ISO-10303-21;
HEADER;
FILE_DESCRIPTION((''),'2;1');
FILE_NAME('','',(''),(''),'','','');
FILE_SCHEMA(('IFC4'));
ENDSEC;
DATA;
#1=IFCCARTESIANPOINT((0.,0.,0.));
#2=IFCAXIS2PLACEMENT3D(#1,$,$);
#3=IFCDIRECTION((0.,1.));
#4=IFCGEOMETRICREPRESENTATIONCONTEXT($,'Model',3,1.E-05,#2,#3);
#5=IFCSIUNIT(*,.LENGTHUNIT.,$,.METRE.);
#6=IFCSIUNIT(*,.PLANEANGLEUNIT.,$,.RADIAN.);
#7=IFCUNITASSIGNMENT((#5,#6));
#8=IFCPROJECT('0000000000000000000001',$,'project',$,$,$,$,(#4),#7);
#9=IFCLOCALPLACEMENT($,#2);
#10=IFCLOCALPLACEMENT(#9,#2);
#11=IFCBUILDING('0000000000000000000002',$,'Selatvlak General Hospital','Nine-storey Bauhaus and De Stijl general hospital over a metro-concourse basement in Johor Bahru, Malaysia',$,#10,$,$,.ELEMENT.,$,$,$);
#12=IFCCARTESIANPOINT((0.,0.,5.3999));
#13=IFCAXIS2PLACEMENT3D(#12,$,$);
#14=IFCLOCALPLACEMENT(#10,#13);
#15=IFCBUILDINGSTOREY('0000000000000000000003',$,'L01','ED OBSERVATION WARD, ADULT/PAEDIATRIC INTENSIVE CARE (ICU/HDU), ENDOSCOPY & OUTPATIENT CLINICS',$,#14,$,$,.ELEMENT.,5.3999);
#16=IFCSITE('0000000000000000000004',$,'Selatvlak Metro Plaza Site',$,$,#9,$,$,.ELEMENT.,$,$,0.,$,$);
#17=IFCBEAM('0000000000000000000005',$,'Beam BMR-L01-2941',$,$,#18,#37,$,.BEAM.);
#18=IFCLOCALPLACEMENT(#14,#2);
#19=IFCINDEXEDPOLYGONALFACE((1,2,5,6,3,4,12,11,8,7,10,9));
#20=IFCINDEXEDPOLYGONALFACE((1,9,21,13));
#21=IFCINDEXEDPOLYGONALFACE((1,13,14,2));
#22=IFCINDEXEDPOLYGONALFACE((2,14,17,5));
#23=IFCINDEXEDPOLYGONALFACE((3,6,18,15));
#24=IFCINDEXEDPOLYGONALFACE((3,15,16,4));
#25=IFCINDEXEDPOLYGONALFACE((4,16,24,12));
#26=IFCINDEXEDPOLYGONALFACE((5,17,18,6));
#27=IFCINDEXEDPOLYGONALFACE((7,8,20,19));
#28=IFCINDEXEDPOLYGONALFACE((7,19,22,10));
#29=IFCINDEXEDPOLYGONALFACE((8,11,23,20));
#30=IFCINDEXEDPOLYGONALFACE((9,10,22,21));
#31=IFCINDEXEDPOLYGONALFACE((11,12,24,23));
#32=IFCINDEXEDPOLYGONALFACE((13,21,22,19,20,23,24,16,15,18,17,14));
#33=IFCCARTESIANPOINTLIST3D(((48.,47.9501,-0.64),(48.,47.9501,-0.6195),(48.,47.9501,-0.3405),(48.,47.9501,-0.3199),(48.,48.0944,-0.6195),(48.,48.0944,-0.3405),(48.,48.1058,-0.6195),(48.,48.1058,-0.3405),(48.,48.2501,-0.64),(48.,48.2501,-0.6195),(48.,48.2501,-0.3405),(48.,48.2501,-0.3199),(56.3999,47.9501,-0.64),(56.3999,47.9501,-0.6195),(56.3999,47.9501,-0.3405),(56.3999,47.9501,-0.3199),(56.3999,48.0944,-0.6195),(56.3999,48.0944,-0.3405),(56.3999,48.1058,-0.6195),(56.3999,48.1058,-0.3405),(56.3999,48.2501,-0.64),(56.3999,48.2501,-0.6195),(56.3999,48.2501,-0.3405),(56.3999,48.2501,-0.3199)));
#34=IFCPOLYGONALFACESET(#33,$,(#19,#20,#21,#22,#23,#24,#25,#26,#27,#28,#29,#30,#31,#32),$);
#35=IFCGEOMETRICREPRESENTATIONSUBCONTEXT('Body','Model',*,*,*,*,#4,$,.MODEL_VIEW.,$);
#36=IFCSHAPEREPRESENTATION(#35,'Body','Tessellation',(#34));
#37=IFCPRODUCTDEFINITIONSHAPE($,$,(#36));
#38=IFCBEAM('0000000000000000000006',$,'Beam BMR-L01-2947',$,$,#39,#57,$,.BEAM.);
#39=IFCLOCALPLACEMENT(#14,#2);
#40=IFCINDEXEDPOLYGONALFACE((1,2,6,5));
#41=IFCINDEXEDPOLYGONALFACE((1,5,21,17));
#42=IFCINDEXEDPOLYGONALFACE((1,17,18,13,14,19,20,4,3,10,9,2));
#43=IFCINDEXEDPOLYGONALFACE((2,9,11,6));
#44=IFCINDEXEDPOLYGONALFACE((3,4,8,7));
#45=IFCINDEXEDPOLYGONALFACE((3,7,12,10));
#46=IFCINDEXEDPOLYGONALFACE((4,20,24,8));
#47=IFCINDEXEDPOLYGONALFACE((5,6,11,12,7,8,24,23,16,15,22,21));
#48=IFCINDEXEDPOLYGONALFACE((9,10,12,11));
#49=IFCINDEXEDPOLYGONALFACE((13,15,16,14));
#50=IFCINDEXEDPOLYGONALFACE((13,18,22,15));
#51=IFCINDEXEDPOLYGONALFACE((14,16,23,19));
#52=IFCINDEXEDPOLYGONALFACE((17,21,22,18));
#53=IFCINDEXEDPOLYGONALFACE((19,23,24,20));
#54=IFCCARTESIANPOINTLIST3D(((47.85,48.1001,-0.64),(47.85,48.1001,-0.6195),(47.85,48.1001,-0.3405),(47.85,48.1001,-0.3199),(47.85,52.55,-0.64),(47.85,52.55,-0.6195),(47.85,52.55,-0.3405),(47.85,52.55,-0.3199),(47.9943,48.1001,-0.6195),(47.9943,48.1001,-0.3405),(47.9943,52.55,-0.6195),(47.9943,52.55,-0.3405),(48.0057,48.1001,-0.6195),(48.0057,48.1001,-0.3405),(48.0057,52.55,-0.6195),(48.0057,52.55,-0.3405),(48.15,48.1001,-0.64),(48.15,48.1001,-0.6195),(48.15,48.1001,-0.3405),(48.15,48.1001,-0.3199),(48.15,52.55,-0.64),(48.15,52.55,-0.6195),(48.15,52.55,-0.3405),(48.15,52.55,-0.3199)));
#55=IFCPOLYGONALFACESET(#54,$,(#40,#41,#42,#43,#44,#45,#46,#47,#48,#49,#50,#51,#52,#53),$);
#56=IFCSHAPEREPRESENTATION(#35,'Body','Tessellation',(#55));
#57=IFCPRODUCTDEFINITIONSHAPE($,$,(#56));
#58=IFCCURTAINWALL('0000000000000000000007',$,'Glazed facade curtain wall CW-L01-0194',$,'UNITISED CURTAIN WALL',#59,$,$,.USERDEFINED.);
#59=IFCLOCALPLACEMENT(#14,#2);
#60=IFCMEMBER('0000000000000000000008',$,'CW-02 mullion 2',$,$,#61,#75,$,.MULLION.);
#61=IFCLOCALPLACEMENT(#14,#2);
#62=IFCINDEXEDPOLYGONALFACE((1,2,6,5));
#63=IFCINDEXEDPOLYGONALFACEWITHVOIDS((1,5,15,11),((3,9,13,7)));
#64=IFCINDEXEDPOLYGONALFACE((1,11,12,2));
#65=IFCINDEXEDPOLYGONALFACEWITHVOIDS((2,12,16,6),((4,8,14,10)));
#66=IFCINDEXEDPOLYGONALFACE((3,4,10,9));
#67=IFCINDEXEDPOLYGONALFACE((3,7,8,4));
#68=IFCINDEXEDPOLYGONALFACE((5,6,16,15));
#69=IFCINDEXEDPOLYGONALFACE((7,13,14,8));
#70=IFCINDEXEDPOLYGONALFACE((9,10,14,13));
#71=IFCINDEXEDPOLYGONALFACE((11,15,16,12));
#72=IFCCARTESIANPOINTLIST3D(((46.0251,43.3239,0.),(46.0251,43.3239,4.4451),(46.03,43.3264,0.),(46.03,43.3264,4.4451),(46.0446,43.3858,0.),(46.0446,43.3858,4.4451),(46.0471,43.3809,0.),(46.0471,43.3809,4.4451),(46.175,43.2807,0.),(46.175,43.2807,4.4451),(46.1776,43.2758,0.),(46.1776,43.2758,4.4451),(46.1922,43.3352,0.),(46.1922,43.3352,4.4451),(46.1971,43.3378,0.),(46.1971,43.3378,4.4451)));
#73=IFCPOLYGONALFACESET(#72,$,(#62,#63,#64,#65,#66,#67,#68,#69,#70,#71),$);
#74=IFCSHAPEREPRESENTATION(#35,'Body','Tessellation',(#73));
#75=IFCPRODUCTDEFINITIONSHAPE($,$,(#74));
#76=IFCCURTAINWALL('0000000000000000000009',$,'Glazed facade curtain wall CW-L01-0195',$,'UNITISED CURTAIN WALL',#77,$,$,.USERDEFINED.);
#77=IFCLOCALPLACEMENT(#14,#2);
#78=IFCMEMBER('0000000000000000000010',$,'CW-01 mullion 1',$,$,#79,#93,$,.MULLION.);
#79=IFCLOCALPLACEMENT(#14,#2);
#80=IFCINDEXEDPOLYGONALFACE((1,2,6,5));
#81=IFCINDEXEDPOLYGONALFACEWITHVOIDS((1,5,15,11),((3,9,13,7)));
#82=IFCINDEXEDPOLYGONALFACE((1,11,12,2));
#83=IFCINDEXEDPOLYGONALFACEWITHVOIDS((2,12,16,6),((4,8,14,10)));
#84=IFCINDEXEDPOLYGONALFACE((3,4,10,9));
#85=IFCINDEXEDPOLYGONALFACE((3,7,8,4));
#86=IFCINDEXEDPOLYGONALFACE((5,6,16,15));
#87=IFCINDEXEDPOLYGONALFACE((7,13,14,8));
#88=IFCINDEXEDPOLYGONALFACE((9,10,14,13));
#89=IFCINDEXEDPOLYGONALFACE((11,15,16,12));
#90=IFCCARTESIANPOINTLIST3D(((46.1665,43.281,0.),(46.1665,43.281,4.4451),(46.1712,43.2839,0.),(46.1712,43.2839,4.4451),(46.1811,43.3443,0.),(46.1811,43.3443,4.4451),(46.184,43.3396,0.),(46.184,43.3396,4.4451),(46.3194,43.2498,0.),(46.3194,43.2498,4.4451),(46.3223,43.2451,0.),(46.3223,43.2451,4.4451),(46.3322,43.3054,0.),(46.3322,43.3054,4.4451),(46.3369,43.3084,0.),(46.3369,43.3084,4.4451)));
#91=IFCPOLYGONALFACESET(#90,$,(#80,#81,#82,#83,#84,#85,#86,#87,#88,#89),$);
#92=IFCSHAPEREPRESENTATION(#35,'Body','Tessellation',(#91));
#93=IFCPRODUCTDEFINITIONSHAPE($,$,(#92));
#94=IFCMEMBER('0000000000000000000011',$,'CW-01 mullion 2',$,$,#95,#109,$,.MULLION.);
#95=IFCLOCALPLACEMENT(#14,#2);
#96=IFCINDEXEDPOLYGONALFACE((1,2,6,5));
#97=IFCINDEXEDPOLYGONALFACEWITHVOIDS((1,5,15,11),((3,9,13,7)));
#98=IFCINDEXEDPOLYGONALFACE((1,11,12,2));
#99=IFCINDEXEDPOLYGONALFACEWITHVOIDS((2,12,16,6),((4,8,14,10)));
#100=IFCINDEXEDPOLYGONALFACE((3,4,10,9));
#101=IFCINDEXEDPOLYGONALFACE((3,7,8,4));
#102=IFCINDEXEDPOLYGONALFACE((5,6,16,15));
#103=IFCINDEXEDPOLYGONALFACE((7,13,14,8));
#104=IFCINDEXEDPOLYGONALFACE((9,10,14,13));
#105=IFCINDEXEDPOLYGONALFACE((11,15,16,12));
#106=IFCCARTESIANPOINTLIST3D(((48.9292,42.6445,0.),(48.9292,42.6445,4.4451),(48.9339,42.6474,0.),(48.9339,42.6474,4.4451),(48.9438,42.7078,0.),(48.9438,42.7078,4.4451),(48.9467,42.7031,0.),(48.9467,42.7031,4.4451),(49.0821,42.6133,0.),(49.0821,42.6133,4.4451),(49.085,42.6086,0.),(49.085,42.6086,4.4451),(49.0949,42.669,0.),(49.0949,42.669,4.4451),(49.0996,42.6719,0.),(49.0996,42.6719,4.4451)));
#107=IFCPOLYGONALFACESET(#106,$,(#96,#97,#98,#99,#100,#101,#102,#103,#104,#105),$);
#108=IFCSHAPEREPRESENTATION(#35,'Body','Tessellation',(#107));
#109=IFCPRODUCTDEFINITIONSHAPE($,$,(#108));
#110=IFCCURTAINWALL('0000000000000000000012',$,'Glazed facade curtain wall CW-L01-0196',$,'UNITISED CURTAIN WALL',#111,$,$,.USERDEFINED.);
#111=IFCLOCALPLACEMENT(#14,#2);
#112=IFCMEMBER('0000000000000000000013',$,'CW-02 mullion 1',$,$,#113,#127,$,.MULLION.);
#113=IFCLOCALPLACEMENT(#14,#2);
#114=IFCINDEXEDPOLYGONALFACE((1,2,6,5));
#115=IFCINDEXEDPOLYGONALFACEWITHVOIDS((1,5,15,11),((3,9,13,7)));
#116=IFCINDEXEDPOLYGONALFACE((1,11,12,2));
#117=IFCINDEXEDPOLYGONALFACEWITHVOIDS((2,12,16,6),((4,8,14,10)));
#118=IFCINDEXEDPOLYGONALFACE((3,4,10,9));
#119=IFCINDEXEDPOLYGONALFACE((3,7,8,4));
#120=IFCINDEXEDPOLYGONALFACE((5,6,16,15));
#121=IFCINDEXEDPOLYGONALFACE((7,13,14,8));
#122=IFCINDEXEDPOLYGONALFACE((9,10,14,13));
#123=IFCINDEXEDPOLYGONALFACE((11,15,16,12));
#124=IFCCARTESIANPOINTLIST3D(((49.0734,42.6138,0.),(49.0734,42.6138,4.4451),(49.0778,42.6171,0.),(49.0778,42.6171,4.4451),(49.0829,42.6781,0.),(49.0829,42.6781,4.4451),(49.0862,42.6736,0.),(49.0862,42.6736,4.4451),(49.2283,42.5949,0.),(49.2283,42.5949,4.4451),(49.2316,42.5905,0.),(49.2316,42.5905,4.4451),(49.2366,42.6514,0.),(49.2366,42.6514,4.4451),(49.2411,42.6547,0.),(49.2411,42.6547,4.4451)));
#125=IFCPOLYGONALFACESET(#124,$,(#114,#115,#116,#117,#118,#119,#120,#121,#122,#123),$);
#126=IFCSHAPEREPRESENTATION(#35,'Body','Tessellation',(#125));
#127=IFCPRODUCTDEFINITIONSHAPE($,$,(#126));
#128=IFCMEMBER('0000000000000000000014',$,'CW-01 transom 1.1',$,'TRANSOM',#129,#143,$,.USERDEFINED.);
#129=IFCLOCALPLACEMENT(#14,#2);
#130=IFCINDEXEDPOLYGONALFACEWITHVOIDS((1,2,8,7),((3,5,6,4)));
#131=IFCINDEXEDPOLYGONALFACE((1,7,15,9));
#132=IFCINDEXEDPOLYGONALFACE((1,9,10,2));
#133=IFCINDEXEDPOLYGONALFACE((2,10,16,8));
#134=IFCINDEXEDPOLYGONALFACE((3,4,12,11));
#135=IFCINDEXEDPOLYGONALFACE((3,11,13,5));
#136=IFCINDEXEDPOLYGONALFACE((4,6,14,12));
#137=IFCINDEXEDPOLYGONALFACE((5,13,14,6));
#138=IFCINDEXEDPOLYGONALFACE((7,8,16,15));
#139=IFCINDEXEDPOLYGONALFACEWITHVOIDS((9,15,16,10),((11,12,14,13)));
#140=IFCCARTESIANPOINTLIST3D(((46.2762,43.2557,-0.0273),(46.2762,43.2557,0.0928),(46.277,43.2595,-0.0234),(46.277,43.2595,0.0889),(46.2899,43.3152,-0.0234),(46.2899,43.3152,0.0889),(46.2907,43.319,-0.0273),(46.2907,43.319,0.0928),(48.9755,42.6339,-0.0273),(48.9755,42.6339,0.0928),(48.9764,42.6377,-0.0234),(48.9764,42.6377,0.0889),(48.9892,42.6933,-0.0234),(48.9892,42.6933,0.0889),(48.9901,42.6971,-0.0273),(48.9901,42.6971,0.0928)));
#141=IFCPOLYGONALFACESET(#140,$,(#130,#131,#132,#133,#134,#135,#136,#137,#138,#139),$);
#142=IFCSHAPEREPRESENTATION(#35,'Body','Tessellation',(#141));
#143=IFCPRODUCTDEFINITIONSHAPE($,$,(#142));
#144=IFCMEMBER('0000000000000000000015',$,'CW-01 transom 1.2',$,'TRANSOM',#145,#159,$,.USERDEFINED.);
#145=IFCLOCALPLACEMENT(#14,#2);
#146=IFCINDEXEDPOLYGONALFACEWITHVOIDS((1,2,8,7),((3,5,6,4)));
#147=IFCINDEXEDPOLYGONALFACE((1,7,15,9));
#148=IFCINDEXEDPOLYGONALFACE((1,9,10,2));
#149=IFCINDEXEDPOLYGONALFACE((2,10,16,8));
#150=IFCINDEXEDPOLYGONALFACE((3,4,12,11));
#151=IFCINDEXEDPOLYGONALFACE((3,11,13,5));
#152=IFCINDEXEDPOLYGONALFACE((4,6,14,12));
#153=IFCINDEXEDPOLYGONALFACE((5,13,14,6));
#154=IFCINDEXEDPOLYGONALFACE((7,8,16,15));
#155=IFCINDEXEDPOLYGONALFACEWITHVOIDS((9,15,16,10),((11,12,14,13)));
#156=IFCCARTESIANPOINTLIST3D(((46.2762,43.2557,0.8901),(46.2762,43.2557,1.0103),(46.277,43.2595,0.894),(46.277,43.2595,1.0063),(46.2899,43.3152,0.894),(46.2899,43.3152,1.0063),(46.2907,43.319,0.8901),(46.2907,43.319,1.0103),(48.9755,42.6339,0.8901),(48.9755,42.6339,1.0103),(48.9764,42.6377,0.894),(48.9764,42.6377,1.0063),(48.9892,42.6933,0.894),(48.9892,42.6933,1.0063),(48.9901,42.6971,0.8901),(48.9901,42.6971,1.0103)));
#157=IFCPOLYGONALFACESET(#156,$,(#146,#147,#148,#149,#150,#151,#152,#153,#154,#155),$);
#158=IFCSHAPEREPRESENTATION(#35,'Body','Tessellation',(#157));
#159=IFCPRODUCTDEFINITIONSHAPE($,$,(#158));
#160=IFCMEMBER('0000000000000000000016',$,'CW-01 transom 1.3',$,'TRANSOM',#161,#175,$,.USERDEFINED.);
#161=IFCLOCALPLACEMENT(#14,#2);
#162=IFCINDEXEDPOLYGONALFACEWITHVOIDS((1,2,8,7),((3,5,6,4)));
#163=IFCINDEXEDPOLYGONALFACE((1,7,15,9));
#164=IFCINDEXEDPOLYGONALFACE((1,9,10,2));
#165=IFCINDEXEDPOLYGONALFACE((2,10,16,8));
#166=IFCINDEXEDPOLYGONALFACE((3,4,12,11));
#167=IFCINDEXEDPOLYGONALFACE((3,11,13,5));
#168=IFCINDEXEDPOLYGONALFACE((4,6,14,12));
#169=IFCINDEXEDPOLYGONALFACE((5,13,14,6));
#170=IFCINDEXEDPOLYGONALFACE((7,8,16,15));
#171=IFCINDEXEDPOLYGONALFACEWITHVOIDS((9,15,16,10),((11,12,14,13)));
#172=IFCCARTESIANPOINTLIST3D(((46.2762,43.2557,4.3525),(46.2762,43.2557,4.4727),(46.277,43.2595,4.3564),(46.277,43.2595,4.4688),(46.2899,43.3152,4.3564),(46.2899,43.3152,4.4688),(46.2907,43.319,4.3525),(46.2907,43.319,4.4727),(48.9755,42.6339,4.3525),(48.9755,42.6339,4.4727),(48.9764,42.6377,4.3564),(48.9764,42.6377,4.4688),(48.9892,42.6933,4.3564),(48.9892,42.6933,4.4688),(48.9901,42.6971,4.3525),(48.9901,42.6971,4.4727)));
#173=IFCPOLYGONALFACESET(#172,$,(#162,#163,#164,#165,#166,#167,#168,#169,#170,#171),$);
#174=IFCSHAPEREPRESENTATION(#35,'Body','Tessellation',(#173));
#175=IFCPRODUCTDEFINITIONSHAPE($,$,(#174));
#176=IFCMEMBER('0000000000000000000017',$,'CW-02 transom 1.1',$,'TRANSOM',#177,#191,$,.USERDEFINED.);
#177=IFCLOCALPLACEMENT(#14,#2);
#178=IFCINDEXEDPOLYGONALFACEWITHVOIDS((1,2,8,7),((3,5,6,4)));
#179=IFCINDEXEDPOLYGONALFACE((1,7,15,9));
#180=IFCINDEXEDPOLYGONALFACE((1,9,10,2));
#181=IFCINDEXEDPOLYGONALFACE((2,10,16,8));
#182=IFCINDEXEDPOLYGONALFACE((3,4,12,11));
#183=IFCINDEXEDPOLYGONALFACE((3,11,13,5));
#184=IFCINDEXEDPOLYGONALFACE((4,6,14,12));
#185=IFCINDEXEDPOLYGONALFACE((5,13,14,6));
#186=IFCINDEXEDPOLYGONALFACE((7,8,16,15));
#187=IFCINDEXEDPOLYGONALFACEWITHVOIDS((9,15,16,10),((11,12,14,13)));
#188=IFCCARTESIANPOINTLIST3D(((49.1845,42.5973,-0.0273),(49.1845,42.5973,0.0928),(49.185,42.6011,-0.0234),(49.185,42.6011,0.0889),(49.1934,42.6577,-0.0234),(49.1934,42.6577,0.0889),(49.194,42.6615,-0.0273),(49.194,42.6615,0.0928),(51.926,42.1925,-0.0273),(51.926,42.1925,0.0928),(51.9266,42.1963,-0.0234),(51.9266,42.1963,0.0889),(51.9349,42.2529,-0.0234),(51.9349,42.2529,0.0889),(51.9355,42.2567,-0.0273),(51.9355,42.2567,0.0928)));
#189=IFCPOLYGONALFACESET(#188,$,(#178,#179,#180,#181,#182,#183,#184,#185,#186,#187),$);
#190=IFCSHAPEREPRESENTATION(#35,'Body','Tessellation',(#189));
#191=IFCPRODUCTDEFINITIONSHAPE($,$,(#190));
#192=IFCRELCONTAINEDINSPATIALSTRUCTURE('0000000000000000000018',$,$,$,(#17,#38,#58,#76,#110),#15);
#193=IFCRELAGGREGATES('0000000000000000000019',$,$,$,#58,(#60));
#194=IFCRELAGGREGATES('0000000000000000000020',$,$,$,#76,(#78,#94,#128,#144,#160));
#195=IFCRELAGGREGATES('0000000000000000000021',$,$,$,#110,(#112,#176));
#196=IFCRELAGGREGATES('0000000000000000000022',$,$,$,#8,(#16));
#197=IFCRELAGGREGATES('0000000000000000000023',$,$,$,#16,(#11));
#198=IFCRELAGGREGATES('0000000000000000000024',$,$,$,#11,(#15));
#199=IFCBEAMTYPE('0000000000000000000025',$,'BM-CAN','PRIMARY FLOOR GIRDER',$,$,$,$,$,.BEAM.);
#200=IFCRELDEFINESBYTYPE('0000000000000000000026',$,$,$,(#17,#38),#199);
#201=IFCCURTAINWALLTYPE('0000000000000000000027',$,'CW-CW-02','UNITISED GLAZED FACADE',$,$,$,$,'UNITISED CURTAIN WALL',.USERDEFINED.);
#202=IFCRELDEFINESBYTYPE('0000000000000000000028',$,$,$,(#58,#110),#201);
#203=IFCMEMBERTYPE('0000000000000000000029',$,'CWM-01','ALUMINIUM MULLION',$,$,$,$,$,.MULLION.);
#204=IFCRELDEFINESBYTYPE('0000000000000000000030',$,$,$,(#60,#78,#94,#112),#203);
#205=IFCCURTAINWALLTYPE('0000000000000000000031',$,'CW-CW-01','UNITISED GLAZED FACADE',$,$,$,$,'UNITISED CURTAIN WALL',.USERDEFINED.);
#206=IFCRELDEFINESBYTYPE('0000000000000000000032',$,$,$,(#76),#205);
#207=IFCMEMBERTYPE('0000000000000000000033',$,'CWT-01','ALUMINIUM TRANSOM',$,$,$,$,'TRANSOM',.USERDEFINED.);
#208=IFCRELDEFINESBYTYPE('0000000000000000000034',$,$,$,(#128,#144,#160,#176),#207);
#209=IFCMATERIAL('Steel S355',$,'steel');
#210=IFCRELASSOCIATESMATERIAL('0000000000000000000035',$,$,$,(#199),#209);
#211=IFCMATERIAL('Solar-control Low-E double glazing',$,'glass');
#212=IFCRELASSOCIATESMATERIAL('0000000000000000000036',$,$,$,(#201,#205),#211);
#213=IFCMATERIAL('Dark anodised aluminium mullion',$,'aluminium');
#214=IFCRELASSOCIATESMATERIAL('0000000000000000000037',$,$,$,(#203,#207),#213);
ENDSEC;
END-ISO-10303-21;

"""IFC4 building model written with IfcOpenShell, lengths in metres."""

from ifc_helpers import new_model, si_unit, direction, frame, origin, origin_2d, place, context, subcontext, project, spatial, hollow_rectangle, i_section, extrude, material, material_profile, profile_set, type_object, element, aggregate, save


model = new_model("IFC4")

# Units and contexts
model_context = context("Model", 3, precision=1e-05, world=origin(), true_north=direction((0.0, 1.0)))
body_context = subcontext(model_context, "Body", "Model", "MODEL_VIEW")
ifc_project = project(units=[si_unit("LENGTHUNIT", "METRE"), si_unit("PLANEANGLEUNIT", "RADIAN")], contexts=[model_context])

# Site, building, storey
site_placement = place(None, origin())
site = spatial("IfcSite", under=ifc_project, at=site_placement, Name="Selatvlak Metro Plaza Site", CompositionType="ELEMENT", RefElevation=0.0)
building_placement = place(site_placement, origin())
building = spatial("IfcBuilding", under=site, at=building_placement, Name="Selatvlak General Hospital", Description="Nine-storey Bauhaus and De Stijl general hospital over a metro-concourse basement in Johor Bahru, Malaysia", CompositionType="ELEMENT")
storey_placement = place(building_placement, frame((0.0, 0.0, 5.3999)))
storey = spatial("IfcBuildingStorey", under=building, at=storey_placement, Name="L01", Description="ED OBSERVATION WARD, ADULT/PAEDIATRIC INTENSIVE CARE (ICU/HDU), ENDOSCOPY & OUTPATIENT CLINICS", CompositionType="ELEMENT", Elevation=5.3999)

# Beams
ifc_material_1 = material(Name="Steel S355", Category="steel")
ifc_material_profile_1 = material_profile(ifc_material_1, i_section(OverallWidth=0.3, OverallDepth=0.3201, WebThickness=0.0115, FlangeThickness=0.0205, at=origin_2d()), Name="HEB 320")
ifc_profile_set_1 = profile_set([ifc_material_profile_1], Name="Steel S355")
beam_type = type_object("IfcBeamType", Name="BM-CAN", Description="PRIMARY FLOOR GIRDER", PredefinedType="BEAM", material=ifc_profile_set_1)
beam_1_placement = place(storey_placement, frame((48.0, 48.1001, -0.48), z_axis=(1.0, 0.0, 0.0), x_axis=(0.0, 1.0, 0.0)))
element("IfcBeam", 1, at=beam_1_placement, inside=storey, type_object=beam_type, Name="Beam BMR-L01-2941", PredefinedType="BEAM", context=body_context, shape_type="SweptSolid", body=[
    extrude(i_section(OverallWidth=0.3, OverallDepth=0.3201, WebThickness=0.0115, FlangeThickness=0.0205, at=origin_2d()), origin(), (0.0, 0.0, 1.0), 8.3999),
])
beam_2_placement = place(storey_placement, frame((48.0, 48.1001, -0.48), z_axis=(0.0, 1.0, 0.0), x_axis=(-1.0, 0.0, 0.0)))
element("IfcBeam", 2, at=beam_2_placement, inside=storey, type_object=beam_type, Name="Beam BMR-L01-2947", PredefinedType="BEAM", context=body_context, shape_type="SweptSolid", body=[
    extrude(i_section(OverallWidth=0.3, OverallDepth=0.3201, WebThickness=0.0115, FlangeThickness=0.0205, at=origin_2d()), origin(), (0.0, 0.0, 1.0), 4.45),
])

# Curtain wall, member
ifc_material_2 = material(Name="Solar-control Low-E double glazing", Category="glass")
curtain_wall_type_1 = type_object("IfcCurtainWallType", Name="CW-CW-02", Description="UNITISED GLAZED FACADE", ElementType="UNITISED CURTAIN WALL", PredefinedType="USERDEFINED", material=ifc_material_2)
curtain_wall_1_placement = place(storey_placement, origin())
curtain_wall_1 = element("IfcCurtainWall", 3, at=curtain_wall_1_placement, inside=storey, type_object=curtain_wall_type_1, Name="Glazed facade curtain wall CW-L01-0194", ObjectType="UNITISED CURTAIN WALL", PredefinedType="USERDEFINED")
ifc_material_3 = material(Name="Dark anodised aluminium mullion", Category="aluminium")
ifc_material_profile_2 = material_profile(ifc_material_3, hollow_rectangle(XDim=0.0649, YDim=0.1599, WallThickness=0.0039, at=origin_2d()), Name="AL-MUL 65x160x4")
ifc_profile_set_2 = profile_set([ifc_material_profile_2], Name="Dark anodised aluminium mullion")
member_type_1 = type_object("IfcMemberType", Name="CWM-01", Description="ALUMINIUM MULLION", PredefinedType="MULLION", material=ifc_profile_set_2)
member_1_placement = place(storey_placement, frame((46.1111, 43.3308, 0.0), z_axis=(0.0, 0.0, 1.0), x_axis=(0.300373, 0.953822, 0.0)))
member_1 = element("IfcMember", 4, at=member_1_placement, type_object=member_type_1, Name="CW-02 mullion 2", PredefinedType="MULLION", context=body_context, shape_type="SweptSolid", body=[
    extrude(hollow_rectangle(XDim=0.0649, YDim=0.1599, WallThickness=0.0039, at=origin_2d()), origin(), (0.0, 0.0, 1.0), 4.4451),
])

# Curtain wall, members
curtain_wall_type_2 = type_object("IfcCurtainWallType", Name="CW-CW-01", Description="UNITISED GLAZED FACADE", ElementType="UNITISED CURTAIN WALL", PredefinedType="USERDEFINED", material=ifc_material_2)
curtain_wall_2_placement = place(storey_placement, origin())
curtain_wall_2 = element("IfcCurtainWall", 5, at=curtain_wall_2_placement, inside=storey, type_object=curtain_wall_type_2, Name="Glazed facade curtain wall CW-L01-0195", ObjectType="UNITISED CURTAIN WALL", PredefinedType="USERDEFINED")
member_2_placement = place(storey_placement, frame((46.2517, 43.2947, 0.0), z_axis=(0.0, 0.0, 1.0), x_axis=(0.224482, 0.974478, 0.0)))
member_2 = element("IfcMember", 6, at=member_2_placement, type_object=member_type_1, Name="CW-01 mullion 1", PredefinedType="MULLION", context=body_context, shape_type="SweptSolid", body=[
    extrude(hollow_rectangle(XDim=0.0649, YDim=0.1599, WallThickness=0.0039, at=origin_2d()), origin(), (0.0, 0.0, 1.0), 4.4451),
])
member_3_placement = place(storey_placement, frame((49.0144, 42.6582, 0.0), z_axis=(0.0, 0.0, 1.0), x_axis=(0.224482, 0.974478, 0.0)))
member_3 = element("IfcMember", 7, at=member_3_placement, type_object=member_type_1, Name="CW-01 mullion 2", PredefinedType="MULLION", context=body_context, shape_type="SweptSolid", body=[
    extrude(hollow_rectangle(XDim=0.0649, YDim=0.1599, WallThickness=0.0039, at=origin_2d()), origin(), (0.0, 0.0, 1.0), 4.4451),
])

# Curtain wall, member
curtain_wall_3_placement = place(storey_placement, origin())
curtain_wall_3 = element("IfcCurtainWall", 8, at=curtain_wall_3_placement, inside=storey, type_object=curtain_wall_type_1, Name="Glazed facade curtain wall CW-L01-0196", ObjectType="UNITISED CURTAIN WALL", PredefinedType="USERDEFINED")
member_4_placement = place(storey_placement, frame((49.1572, 42.6343, 0.0), z_axis=(0.0, 0.0, 1.0), x_axis=(0.146149, 0.989263, 0.0)))
member_4 = element("IfcMember", 9, at=member_4_placement, type_object=member_type_1, Name="CW-02 mullion 1", PredefinedType="MULLION", context=body_context, shape_type="SweptSolid", body=[
    extrude(hollow_rectangle(XDim=0.0649, YDim=0.1599, WallThickness=0.0039, at=origin_2d()), origin(), (0.0, 0.0, 1.0), 4.4451),
])

# Members
ifc_material_profile_3 = material_profile(ifc_material_3, hollow_rectangle(XDim=0.0649, YDim=0.1201, WallThickness=0.0039, at=origin_2d()), Name="AL-TRN 65x120x4")
ifc_profile_set_3 = profile_set([ifc_material_profile_3], Name="Dark anodised aluminium mullion")
member_type_2 = type_object("IfcMemberType", Name="CWT-01", Description="ALUMINIUM TRANSOM", ElementType="TRANSOM", PredefinedType="USERDEFINED", material=ifc_profile_set_3)
member_5_placement = place(storey_placement, frame((46.2834, 43.2874, 0.0327), z_axis=(0.974476, -0.224493, 0.0), x_axis=(0.224493, 0.974476, 0.0)))
member_5 = element("IfcMember", 10, at=member_5_placement, type_object=member_type_2, Name="CW-01 transom 1.1", ObjectType="TRANSOM", PredefinedType="USERDEFINED", context=body_context, shape_type="SweptSolid", body=[
    extrude(hollow_rectangle(XDim=0.0649, YDim=0.1201, WallThickness=0.0039, at=origin_2d()), origin(), (0.0, 0.0, 1.0), 2.77),
])
member_6_placement = place(storey_placement, frame((46.2834, 43.2874, 0.9502), z_axis=(0.974476, -0.224493, 0.0), x_axis=(0.224493, 0.974476, 0.0)))
member_6 = element("IfcMember", 11, at=member_6_placement, type_object=member_type_2, Name="CW-01 transom 1.2", ObjectType="TRANSOM", PredefinedType="USERDEFINED", context=body_context, shape_type="SweptSolid", body=[
    extrude(hollow_rectangle(XDim=0.0649, YDim=0.1201, WallThickness=0.0039, at=origin_2d()), origin(), (0.0, 0.0, 1.0), 2.77),
])
member_7_placement = place(storey_placement, frame((46.2834, 43.2874, 4.4126), z_axis=(0.974476, -0.224493, 0.0), x_axis=(0.224493, 0.974476, 0.0)))
member_7 = element("IfcMember", 12, at=member_7_placement, type_object=member_type_2, Name="CW-01 transom 1.3", ObjectType="TRANSOM", PredefinedType="USERDEFINED", context=body_context, shape_type="SweptSolid", body=[
    extrude(hollow_rectangle(XDim=0.0649, YDim=0.1201, WallThickness=0.0039, at=origin_2d()), origin(), (0.0, 0.0, 1.0), 2.77),
])
member_8_placement = place(storey_placement, frame((49.1892, 42.6294, 0.0327), z_axis=(0.989274, -0.14607, 0.0), x_axis=(0.14607, 0.989274, 0.0)))
member_8 = element("IfcMember", 13, at=member_8_placement, type_object=member_type_2, Name="CW-02 transom 1.1", ObjectType="TRANSOM", PredefinedType="USERDEFINED", context=body_context, shape_type="SweptSolid", body=[
    extrude(hollow_rectangle(XDim=0.0649, YDim=0.1201, WallThickness=0.0039, at=origin_2d()), origin(), (0.0, 0.0, 1.0), 2.7712),
])

aggregate(curtain_wall_1, [member_1])
aggregate(curtain_wall_2, [member_2, member_3, member_5, member_6, member_7])
aggregate(curtain_wall_3, [member_4, member_8])

save(model, "model.ifc")
